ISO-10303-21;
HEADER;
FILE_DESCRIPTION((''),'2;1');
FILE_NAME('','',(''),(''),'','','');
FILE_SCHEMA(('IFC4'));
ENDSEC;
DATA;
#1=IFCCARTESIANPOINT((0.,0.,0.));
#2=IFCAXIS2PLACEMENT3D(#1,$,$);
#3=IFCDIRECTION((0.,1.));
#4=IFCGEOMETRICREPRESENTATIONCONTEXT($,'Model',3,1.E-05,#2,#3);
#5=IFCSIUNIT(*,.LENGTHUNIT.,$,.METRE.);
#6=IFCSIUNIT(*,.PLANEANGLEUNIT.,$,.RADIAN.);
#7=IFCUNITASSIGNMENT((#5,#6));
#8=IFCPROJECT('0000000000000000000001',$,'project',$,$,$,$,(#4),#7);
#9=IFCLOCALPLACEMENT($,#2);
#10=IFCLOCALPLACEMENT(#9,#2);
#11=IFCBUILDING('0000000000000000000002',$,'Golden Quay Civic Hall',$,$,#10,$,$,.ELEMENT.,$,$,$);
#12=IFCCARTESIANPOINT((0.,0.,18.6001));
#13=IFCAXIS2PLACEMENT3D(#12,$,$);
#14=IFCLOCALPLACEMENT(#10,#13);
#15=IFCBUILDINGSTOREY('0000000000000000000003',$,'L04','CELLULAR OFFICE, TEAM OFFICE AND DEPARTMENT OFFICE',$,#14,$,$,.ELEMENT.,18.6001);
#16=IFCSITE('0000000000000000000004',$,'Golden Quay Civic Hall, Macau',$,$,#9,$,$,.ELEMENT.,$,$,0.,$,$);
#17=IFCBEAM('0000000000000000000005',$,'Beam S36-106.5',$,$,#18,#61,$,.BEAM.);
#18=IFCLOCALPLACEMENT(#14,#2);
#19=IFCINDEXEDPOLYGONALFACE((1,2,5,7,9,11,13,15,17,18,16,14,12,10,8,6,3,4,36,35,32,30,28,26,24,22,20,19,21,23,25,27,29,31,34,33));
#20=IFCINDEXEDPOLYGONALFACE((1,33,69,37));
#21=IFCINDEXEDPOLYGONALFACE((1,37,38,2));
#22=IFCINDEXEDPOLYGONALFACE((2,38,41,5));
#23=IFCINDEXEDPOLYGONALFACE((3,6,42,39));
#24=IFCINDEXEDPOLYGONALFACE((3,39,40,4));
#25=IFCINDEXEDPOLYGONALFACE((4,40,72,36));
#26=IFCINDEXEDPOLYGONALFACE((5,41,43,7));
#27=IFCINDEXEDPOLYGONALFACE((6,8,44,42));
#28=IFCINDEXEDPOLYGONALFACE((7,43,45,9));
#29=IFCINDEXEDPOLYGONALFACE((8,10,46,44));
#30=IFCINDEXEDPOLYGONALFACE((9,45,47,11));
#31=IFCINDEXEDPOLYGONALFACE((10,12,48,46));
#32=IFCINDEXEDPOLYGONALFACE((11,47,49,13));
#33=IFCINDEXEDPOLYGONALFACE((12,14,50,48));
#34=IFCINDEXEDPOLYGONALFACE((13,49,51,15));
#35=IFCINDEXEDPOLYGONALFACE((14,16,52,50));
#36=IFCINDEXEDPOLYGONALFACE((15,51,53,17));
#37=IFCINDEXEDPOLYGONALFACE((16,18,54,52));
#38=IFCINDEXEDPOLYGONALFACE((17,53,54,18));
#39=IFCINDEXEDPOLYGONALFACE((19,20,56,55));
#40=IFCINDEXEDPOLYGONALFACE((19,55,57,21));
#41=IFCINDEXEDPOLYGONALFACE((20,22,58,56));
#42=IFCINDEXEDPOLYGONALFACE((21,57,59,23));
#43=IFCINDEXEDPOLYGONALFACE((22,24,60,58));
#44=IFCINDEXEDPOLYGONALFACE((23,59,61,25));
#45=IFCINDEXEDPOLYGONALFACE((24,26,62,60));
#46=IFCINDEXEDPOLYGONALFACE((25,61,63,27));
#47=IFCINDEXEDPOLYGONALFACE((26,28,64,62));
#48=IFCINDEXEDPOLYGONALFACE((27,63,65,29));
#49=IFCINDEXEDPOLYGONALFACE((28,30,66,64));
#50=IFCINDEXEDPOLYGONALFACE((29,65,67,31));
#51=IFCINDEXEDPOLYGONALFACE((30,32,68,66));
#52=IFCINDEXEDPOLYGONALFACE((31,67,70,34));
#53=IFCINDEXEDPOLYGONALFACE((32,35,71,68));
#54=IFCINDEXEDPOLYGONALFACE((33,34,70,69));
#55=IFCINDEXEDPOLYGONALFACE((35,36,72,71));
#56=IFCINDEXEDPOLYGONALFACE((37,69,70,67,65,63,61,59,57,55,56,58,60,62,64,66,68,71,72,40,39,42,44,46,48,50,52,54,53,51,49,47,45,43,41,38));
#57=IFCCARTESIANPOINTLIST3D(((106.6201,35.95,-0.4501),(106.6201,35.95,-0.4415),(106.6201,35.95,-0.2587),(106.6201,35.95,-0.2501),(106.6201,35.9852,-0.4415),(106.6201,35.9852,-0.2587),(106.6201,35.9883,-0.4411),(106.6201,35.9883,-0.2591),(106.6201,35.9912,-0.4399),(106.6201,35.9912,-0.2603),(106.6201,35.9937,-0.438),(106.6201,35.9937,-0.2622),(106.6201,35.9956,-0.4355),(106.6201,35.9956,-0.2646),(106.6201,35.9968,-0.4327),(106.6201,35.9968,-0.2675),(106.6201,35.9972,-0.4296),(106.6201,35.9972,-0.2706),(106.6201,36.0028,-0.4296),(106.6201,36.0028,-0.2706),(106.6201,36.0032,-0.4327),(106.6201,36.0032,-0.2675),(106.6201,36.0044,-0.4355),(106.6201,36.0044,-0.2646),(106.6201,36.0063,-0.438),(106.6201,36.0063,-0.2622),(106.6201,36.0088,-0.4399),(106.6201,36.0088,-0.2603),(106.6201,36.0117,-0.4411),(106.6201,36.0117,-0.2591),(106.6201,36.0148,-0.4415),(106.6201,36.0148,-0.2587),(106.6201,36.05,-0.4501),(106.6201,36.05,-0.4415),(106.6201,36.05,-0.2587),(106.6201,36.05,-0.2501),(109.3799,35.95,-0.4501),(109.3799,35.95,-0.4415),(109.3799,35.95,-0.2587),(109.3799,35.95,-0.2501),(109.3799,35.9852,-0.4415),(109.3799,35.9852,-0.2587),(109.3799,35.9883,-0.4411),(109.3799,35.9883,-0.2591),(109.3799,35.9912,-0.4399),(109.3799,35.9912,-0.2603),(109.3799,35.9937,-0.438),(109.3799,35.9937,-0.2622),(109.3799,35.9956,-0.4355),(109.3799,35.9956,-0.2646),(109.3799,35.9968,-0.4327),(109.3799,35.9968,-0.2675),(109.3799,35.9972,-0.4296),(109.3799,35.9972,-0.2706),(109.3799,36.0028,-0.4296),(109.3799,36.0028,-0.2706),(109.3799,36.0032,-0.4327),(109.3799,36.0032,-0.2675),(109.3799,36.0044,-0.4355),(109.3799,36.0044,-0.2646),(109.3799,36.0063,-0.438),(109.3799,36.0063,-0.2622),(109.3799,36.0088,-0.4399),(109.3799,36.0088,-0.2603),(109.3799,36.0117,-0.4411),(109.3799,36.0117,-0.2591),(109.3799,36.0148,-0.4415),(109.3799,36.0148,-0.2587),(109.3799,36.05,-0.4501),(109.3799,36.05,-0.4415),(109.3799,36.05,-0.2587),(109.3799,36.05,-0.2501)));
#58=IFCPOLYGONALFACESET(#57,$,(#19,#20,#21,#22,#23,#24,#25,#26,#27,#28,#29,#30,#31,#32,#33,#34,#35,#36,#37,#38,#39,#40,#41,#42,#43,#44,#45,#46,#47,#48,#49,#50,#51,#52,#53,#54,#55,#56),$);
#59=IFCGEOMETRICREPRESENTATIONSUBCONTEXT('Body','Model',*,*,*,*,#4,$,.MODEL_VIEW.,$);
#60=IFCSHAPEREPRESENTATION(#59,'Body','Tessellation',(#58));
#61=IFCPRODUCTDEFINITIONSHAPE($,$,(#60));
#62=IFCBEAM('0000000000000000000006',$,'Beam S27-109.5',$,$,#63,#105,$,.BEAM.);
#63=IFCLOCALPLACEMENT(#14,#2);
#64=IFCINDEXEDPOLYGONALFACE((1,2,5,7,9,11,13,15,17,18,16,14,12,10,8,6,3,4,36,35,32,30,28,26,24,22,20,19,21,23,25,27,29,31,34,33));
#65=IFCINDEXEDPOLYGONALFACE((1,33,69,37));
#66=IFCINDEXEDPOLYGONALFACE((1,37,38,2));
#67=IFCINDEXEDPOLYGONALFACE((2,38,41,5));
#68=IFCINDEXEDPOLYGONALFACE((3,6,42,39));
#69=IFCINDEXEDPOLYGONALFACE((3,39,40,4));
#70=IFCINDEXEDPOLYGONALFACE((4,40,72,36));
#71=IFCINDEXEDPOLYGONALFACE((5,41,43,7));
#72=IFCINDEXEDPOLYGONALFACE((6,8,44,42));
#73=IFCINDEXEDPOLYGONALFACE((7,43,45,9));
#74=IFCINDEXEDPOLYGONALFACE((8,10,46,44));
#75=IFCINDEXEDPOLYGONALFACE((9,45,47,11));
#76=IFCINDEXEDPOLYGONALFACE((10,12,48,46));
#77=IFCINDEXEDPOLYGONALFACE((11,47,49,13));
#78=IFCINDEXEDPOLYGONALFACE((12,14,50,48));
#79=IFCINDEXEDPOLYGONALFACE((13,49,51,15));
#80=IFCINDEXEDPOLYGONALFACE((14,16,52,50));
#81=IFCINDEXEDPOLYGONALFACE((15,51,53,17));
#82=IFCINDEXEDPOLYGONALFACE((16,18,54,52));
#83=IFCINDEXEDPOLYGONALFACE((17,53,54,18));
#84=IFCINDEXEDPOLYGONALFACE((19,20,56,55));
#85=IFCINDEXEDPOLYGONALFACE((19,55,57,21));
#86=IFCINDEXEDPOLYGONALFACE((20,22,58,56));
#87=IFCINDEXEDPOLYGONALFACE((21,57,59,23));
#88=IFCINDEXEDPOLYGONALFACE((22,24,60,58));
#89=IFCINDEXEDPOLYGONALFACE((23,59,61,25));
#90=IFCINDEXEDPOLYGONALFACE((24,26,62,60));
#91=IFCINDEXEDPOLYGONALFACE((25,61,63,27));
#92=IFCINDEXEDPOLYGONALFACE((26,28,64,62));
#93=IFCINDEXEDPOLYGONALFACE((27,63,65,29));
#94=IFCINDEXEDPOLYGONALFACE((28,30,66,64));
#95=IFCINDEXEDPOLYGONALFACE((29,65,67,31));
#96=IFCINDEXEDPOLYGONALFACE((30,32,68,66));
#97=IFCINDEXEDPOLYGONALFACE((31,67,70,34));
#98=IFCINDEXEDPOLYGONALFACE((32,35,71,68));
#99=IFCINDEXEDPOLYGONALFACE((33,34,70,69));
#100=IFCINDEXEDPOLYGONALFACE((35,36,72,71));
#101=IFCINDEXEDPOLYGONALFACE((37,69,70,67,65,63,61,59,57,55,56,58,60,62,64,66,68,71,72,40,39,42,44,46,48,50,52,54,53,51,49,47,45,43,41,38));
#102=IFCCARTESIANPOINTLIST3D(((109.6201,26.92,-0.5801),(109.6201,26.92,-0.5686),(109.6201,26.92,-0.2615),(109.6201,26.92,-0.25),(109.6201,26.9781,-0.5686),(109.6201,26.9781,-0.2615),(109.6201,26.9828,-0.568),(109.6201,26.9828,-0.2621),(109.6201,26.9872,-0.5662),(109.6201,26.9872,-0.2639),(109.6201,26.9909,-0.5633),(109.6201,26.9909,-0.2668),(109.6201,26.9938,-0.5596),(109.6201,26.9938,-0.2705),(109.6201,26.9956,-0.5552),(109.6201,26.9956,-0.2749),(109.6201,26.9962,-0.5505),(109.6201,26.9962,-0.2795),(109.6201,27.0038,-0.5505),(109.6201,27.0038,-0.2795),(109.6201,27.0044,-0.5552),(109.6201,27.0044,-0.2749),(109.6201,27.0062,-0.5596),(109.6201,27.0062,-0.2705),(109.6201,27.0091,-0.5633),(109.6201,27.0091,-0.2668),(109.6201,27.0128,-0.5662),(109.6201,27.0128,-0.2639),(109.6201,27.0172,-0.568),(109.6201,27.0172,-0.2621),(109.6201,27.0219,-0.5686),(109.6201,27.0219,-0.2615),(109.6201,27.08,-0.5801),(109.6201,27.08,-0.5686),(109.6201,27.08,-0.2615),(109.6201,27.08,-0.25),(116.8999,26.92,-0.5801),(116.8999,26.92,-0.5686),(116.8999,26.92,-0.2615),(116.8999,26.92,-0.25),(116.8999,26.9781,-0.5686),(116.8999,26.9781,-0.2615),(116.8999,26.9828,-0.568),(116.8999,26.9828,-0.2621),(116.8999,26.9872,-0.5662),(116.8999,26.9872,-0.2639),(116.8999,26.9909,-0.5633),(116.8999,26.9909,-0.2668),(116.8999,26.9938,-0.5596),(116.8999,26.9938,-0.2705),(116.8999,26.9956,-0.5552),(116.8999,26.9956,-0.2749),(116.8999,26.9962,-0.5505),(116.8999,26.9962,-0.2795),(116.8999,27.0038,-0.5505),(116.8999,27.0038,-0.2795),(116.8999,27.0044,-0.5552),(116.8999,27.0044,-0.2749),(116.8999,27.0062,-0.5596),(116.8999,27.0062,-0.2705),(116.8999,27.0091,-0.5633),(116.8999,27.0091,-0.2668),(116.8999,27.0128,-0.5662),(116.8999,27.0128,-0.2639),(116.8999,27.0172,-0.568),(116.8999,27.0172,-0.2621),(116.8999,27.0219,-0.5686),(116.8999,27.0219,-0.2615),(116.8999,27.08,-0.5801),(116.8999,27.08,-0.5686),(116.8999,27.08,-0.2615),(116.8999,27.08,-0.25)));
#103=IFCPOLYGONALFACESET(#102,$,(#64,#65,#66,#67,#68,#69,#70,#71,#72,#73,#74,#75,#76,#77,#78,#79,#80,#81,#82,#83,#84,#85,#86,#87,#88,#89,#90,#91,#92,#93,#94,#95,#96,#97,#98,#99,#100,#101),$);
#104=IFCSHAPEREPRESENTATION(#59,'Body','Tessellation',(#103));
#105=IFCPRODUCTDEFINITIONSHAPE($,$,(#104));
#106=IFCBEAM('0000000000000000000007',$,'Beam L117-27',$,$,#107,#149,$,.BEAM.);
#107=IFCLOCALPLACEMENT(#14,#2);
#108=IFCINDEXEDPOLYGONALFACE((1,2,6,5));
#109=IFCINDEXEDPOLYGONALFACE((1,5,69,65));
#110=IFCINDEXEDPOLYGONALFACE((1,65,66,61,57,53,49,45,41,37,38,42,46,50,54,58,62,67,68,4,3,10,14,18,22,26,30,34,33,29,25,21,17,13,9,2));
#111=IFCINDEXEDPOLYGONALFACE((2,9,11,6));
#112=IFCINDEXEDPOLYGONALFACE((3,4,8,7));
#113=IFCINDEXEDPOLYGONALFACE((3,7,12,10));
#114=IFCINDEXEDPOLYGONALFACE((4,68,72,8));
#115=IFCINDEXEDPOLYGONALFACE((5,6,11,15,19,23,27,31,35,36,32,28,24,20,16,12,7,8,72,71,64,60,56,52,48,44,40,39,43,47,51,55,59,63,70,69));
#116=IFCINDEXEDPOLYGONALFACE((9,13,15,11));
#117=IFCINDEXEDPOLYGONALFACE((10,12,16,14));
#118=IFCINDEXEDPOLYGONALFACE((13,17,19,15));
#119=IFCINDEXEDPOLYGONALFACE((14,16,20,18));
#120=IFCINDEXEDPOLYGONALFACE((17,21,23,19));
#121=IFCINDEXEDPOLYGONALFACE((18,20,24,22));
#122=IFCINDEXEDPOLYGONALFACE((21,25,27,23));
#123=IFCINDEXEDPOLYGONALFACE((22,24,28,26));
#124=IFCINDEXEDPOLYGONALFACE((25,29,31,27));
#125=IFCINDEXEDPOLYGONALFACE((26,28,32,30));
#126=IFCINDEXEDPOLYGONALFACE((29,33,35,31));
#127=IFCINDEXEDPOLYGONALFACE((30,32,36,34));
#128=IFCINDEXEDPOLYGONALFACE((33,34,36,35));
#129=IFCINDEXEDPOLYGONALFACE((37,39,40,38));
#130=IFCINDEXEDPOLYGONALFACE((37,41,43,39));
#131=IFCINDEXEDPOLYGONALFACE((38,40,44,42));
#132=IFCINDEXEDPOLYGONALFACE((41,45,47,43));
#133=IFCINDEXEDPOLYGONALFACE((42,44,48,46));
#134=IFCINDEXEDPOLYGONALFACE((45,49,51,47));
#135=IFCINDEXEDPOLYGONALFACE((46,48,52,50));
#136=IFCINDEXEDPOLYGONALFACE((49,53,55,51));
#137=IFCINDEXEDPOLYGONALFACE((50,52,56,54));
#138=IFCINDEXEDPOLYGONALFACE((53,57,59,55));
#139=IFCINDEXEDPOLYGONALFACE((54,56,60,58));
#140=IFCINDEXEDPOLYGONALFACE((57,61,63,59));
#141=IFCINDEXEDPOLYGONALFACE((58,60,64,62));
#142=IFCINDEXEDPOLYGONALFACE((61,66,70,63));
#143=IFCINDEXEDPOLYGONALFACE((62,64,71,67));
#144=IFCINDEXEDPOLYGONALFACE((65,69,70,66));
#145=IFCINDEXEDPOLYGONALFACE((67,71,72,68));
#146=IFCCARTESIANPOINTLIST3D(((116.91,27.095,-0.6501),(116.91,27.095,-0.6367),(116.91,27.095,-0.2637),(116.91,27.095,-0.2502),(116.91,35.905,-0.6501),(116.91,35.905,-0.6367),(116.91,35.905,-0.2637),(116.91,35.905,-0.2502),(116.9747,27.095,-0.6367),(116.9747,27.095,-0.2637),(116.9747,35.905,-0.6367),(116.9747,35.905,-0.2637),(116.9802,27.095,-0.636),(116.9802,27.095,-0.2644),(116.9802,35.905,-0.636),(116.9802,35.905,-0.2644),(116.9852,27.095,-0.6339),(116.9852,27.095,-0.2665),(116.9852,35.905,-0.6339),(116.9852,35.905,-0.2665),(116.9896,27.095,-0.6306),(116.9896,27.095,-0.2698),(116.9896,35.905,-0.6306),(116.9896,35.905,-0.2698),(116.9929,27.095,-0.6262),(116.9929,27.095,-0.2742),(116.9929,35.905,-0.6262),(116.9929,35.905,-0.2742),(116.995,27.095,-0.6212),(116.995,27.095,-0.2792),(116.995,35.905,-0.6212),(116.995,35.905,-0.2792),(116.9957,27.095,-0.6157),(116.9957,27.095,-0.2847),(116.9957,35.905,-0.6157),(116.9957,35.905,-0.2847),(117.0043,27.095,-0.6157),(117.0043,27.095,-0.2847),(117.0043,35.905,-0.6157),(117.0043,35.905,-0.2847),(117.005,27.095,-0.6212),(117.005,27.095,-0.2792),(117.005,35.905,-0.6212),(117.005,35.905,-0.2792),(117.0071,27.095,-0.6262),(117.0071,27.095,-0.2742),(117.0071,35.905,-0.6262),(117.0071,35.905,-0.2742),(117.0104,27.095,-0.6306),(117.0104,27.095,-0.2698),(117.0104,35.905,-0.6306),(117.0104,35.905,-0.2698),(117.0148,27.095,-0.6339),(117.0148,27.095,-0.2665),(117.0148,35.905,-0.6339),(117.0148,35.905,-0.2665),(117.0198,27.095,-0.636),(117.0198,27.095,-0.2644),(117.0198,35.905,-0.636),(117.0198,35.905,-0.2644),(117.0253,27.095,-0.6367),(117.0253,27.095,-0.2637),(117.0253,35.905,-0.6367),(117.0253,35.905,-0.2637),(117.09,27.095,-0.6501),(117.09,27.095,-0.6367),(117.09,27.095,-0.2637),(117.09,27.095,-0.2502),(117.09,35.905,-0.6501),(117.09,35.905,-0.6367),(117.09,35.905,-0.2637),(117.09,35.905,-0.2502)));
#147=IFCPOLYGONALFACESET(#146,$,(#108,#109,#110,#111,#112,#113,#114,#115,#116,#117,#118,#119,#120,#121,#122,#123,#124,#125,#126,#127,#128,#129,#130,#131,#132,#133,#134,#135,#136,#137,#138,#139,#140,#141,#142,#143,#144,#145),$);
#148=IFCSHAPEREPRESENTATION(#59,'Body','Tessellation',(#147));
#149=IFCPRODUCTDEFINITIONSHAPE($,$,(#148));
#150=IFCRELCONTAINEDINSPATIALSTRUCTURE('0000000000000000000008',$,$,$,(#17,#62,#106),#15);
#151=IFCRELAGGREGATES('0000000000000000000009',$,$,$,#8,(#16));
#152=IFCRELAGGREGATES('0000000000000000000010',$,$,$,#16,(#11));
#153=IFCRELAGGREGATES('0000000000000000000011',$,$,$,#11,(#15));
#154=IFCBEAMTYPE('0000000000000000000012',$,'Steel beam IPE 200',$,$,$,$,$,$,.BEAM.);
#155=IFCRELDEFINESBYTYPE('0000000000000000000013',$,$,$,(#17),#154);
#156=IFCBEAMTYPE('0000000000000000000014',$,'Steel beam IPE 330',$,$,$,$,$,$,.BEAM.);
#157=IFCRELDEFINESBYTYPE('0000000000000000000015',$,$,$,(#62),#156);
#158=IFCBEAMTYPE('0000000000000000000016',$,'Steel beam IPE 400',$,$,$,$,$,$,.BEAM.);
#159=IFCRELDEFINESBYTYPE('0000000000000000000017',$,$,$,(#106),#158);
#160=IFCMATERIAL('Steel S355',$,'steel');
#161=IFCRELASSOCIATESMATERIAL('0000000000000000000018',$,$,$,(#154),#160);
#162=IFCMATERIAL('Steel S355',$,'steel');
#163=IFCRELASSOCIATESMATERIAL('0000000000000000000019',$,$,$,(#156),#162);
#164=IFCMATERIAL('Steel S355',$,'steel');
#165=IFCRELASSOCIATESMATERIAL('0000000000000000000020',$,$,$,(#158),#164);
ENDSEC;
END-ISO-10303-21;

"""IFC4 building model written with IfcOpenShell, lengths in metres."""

from ifc_helpers import new_model, si_unit, direction, frame, origin, origin_2d, place, context, subcontext, project, spatial, i_section, extrude, material, material_profile, profile_set, type_object, element, save


model = new_model("IFC4")

# Units and contexts
model_context = context("Model", 3, precision=1e-05, world=origin(), true_north=direction((0.0, 1.0)))
body_context = subcontext(model_context, "Body", "Model", "MODEL_VIEW")
ifc_project = project(units=[si_unit("LENGTHUNIT", "METRE"), si_unit("PLANEANGLEUNIT", "RADIAN")], contexts=[model_context])

# Site, building, storey
site_placement = place(None, origin())
site = spatial("IfcSite", under=ifc_project, at=site_placement, Name="Golden Quay Civic Hall, Macau", CompositionType="ELEMENT", RefElevation=0.0)
building_placement = place(site_placement, origin())
building = spatial("IfcBuilding", under=site, at=building_placement, Name="Golden Quay Civic Hall", CompositionType="ELEMENT")
storey_placement = place(building_placement, frame((0.0, 0.0, 18.6001)))
storey = spatial("IfcBuildingStorey", under=building, at=storey_placement, Name="L04", Description="CELLULAR OFFICE, TEAM OFFICE AND DEPARTMENT OFFICE", CompositionType="ELEMENT", Elevation=18.6001)

# Beams
ifc_material_1 = material(Name="Steel S355", Category="steel")
ifc_material_profile_1 = material_profile(ifc_material_1, i_section(OverallWidth=0.1001, OverallDepth=0.2, WebThickness=0.0056, FlangeThickness=0.0085, FilletRadius=0.012, at=origin_2d()), Name="IPE 200")
ifc_profile_set_1 = profile_set([ifc_material_profile_1], Name="Steel S355")
beam_type_1 = type_object("IfcBeamType", Name="Steel beam IPE 200", PredefinedType="BEAM", material=ifc_profile_set_1)
for number, where, z_axis, x_axis, name in (
    (1, (106.6201, 36.0, -0.3501), (1.0, 0.0, 0.0), (0.0, 1.0, 0.0), "Beam S36-106.5"),
):
    element("IfcBeam", number, at=place(storey_placement, frame(where, z_axis=z_axis, x_axis=x_axis)), inside=storey, type_object=beam_type_1, Name=name, PredefinedType="BEAM", context=body_context, shape_type="SweptSolid", body=[
        extrude(i_section(OverallWidth=0.1001, OverallDepth=0.2, WebThickness=0.0056, FlangeThickness=0.0085, FilletRadius=0.012, at=origin_2d()), origin(), (0.0, 0.0, 1.0), 2.7598),
    ])
ifc_material_2 = material(Name="Steel S355", Category="steel")
ifc_material_profile_2 = material_profile(ifc_material_2, i_section(OverallWidth=0.1599, OverallDepth=0.3301, WebThickness=0.0076, FlangeThickness=0.0115, FilletRadius=0.0181, at=origin_2d()), Name="IPE 330")
ifc_profile_set_2 = profile_set([ifc_material_profile_2], Name="Steel S355")
beam_type_2 = type_object("IfcBeamType", Name="Steel beam IPE 330", PredefinedType="BEAM", material=ifc_profile_set_2)
beam_1_placement = place(storey_placement, frame((109.6201, 27.0, -0.415), z_axis=(1.0, 0.0, 0.0), x_axis=(0.0, 1.0, 0.0)))
element("IfcBeam", 2, at=beam_1_placement, inside=storey, type_object=beam_type_2, Name="Beam S27-109.5", PredefinedType="BEAM", context=body_context, shape_type="SweptSolid", body=[
    extrude(i_section(OverallWidth=0.1599, OverallDepth=0.3301, WebThickness=0.0076, FlangeThickness=0.0115, FilletRadius=0.0181, at=origin_2d()), origin(), (0.0, 0.0, 1.0), 7.2798),
])
ifc_material_3 = material(Name="Steel S355", Category="steel")
ifc_material_profile_3 = material_profile(ifc_material_3, i_section(OverallWidth=0.1799, OverallDepth=0.3999, WebThickness=0.0085, FlangeThickness=0.0134, FilletRadius=0.021, at=origin_2d()), Name="IPE 400")
ifc_profile_set_3 = profile_set([ifc_material_profile_3], Name="Steel S355")
beam_type_3 = type_object("IfcBeamType", Name="Steel beam IPE 400", PredefinedType="BEAM", material=ifc_profile_set_3)
beam_2_placement = place(storey_placement, frame((117.0, 27.095, -0.4502), z_axis=(0.0, 1.0, 0.0), x_axis=(-1.0, 0.0, 0.0)))
element("IfcBeam", 3, at=beam_2_placement, inside=storey, type_object=beam_type_3, Name="Beam L117-27", PredefinedType="BEAM", context=body_context, shape_type="SweptSolid", body=[
    extrude(i_section(OverallWidth=0.1799, OverallDepth=0.3999, WebThickness=0.0085, FlangeThickness=0.0134, FilletRadius=0.021, at=origin_2d()), origin(), (0.0, 0.0, 1.0), 8.8101),
])

save(model, "model.ifc")
